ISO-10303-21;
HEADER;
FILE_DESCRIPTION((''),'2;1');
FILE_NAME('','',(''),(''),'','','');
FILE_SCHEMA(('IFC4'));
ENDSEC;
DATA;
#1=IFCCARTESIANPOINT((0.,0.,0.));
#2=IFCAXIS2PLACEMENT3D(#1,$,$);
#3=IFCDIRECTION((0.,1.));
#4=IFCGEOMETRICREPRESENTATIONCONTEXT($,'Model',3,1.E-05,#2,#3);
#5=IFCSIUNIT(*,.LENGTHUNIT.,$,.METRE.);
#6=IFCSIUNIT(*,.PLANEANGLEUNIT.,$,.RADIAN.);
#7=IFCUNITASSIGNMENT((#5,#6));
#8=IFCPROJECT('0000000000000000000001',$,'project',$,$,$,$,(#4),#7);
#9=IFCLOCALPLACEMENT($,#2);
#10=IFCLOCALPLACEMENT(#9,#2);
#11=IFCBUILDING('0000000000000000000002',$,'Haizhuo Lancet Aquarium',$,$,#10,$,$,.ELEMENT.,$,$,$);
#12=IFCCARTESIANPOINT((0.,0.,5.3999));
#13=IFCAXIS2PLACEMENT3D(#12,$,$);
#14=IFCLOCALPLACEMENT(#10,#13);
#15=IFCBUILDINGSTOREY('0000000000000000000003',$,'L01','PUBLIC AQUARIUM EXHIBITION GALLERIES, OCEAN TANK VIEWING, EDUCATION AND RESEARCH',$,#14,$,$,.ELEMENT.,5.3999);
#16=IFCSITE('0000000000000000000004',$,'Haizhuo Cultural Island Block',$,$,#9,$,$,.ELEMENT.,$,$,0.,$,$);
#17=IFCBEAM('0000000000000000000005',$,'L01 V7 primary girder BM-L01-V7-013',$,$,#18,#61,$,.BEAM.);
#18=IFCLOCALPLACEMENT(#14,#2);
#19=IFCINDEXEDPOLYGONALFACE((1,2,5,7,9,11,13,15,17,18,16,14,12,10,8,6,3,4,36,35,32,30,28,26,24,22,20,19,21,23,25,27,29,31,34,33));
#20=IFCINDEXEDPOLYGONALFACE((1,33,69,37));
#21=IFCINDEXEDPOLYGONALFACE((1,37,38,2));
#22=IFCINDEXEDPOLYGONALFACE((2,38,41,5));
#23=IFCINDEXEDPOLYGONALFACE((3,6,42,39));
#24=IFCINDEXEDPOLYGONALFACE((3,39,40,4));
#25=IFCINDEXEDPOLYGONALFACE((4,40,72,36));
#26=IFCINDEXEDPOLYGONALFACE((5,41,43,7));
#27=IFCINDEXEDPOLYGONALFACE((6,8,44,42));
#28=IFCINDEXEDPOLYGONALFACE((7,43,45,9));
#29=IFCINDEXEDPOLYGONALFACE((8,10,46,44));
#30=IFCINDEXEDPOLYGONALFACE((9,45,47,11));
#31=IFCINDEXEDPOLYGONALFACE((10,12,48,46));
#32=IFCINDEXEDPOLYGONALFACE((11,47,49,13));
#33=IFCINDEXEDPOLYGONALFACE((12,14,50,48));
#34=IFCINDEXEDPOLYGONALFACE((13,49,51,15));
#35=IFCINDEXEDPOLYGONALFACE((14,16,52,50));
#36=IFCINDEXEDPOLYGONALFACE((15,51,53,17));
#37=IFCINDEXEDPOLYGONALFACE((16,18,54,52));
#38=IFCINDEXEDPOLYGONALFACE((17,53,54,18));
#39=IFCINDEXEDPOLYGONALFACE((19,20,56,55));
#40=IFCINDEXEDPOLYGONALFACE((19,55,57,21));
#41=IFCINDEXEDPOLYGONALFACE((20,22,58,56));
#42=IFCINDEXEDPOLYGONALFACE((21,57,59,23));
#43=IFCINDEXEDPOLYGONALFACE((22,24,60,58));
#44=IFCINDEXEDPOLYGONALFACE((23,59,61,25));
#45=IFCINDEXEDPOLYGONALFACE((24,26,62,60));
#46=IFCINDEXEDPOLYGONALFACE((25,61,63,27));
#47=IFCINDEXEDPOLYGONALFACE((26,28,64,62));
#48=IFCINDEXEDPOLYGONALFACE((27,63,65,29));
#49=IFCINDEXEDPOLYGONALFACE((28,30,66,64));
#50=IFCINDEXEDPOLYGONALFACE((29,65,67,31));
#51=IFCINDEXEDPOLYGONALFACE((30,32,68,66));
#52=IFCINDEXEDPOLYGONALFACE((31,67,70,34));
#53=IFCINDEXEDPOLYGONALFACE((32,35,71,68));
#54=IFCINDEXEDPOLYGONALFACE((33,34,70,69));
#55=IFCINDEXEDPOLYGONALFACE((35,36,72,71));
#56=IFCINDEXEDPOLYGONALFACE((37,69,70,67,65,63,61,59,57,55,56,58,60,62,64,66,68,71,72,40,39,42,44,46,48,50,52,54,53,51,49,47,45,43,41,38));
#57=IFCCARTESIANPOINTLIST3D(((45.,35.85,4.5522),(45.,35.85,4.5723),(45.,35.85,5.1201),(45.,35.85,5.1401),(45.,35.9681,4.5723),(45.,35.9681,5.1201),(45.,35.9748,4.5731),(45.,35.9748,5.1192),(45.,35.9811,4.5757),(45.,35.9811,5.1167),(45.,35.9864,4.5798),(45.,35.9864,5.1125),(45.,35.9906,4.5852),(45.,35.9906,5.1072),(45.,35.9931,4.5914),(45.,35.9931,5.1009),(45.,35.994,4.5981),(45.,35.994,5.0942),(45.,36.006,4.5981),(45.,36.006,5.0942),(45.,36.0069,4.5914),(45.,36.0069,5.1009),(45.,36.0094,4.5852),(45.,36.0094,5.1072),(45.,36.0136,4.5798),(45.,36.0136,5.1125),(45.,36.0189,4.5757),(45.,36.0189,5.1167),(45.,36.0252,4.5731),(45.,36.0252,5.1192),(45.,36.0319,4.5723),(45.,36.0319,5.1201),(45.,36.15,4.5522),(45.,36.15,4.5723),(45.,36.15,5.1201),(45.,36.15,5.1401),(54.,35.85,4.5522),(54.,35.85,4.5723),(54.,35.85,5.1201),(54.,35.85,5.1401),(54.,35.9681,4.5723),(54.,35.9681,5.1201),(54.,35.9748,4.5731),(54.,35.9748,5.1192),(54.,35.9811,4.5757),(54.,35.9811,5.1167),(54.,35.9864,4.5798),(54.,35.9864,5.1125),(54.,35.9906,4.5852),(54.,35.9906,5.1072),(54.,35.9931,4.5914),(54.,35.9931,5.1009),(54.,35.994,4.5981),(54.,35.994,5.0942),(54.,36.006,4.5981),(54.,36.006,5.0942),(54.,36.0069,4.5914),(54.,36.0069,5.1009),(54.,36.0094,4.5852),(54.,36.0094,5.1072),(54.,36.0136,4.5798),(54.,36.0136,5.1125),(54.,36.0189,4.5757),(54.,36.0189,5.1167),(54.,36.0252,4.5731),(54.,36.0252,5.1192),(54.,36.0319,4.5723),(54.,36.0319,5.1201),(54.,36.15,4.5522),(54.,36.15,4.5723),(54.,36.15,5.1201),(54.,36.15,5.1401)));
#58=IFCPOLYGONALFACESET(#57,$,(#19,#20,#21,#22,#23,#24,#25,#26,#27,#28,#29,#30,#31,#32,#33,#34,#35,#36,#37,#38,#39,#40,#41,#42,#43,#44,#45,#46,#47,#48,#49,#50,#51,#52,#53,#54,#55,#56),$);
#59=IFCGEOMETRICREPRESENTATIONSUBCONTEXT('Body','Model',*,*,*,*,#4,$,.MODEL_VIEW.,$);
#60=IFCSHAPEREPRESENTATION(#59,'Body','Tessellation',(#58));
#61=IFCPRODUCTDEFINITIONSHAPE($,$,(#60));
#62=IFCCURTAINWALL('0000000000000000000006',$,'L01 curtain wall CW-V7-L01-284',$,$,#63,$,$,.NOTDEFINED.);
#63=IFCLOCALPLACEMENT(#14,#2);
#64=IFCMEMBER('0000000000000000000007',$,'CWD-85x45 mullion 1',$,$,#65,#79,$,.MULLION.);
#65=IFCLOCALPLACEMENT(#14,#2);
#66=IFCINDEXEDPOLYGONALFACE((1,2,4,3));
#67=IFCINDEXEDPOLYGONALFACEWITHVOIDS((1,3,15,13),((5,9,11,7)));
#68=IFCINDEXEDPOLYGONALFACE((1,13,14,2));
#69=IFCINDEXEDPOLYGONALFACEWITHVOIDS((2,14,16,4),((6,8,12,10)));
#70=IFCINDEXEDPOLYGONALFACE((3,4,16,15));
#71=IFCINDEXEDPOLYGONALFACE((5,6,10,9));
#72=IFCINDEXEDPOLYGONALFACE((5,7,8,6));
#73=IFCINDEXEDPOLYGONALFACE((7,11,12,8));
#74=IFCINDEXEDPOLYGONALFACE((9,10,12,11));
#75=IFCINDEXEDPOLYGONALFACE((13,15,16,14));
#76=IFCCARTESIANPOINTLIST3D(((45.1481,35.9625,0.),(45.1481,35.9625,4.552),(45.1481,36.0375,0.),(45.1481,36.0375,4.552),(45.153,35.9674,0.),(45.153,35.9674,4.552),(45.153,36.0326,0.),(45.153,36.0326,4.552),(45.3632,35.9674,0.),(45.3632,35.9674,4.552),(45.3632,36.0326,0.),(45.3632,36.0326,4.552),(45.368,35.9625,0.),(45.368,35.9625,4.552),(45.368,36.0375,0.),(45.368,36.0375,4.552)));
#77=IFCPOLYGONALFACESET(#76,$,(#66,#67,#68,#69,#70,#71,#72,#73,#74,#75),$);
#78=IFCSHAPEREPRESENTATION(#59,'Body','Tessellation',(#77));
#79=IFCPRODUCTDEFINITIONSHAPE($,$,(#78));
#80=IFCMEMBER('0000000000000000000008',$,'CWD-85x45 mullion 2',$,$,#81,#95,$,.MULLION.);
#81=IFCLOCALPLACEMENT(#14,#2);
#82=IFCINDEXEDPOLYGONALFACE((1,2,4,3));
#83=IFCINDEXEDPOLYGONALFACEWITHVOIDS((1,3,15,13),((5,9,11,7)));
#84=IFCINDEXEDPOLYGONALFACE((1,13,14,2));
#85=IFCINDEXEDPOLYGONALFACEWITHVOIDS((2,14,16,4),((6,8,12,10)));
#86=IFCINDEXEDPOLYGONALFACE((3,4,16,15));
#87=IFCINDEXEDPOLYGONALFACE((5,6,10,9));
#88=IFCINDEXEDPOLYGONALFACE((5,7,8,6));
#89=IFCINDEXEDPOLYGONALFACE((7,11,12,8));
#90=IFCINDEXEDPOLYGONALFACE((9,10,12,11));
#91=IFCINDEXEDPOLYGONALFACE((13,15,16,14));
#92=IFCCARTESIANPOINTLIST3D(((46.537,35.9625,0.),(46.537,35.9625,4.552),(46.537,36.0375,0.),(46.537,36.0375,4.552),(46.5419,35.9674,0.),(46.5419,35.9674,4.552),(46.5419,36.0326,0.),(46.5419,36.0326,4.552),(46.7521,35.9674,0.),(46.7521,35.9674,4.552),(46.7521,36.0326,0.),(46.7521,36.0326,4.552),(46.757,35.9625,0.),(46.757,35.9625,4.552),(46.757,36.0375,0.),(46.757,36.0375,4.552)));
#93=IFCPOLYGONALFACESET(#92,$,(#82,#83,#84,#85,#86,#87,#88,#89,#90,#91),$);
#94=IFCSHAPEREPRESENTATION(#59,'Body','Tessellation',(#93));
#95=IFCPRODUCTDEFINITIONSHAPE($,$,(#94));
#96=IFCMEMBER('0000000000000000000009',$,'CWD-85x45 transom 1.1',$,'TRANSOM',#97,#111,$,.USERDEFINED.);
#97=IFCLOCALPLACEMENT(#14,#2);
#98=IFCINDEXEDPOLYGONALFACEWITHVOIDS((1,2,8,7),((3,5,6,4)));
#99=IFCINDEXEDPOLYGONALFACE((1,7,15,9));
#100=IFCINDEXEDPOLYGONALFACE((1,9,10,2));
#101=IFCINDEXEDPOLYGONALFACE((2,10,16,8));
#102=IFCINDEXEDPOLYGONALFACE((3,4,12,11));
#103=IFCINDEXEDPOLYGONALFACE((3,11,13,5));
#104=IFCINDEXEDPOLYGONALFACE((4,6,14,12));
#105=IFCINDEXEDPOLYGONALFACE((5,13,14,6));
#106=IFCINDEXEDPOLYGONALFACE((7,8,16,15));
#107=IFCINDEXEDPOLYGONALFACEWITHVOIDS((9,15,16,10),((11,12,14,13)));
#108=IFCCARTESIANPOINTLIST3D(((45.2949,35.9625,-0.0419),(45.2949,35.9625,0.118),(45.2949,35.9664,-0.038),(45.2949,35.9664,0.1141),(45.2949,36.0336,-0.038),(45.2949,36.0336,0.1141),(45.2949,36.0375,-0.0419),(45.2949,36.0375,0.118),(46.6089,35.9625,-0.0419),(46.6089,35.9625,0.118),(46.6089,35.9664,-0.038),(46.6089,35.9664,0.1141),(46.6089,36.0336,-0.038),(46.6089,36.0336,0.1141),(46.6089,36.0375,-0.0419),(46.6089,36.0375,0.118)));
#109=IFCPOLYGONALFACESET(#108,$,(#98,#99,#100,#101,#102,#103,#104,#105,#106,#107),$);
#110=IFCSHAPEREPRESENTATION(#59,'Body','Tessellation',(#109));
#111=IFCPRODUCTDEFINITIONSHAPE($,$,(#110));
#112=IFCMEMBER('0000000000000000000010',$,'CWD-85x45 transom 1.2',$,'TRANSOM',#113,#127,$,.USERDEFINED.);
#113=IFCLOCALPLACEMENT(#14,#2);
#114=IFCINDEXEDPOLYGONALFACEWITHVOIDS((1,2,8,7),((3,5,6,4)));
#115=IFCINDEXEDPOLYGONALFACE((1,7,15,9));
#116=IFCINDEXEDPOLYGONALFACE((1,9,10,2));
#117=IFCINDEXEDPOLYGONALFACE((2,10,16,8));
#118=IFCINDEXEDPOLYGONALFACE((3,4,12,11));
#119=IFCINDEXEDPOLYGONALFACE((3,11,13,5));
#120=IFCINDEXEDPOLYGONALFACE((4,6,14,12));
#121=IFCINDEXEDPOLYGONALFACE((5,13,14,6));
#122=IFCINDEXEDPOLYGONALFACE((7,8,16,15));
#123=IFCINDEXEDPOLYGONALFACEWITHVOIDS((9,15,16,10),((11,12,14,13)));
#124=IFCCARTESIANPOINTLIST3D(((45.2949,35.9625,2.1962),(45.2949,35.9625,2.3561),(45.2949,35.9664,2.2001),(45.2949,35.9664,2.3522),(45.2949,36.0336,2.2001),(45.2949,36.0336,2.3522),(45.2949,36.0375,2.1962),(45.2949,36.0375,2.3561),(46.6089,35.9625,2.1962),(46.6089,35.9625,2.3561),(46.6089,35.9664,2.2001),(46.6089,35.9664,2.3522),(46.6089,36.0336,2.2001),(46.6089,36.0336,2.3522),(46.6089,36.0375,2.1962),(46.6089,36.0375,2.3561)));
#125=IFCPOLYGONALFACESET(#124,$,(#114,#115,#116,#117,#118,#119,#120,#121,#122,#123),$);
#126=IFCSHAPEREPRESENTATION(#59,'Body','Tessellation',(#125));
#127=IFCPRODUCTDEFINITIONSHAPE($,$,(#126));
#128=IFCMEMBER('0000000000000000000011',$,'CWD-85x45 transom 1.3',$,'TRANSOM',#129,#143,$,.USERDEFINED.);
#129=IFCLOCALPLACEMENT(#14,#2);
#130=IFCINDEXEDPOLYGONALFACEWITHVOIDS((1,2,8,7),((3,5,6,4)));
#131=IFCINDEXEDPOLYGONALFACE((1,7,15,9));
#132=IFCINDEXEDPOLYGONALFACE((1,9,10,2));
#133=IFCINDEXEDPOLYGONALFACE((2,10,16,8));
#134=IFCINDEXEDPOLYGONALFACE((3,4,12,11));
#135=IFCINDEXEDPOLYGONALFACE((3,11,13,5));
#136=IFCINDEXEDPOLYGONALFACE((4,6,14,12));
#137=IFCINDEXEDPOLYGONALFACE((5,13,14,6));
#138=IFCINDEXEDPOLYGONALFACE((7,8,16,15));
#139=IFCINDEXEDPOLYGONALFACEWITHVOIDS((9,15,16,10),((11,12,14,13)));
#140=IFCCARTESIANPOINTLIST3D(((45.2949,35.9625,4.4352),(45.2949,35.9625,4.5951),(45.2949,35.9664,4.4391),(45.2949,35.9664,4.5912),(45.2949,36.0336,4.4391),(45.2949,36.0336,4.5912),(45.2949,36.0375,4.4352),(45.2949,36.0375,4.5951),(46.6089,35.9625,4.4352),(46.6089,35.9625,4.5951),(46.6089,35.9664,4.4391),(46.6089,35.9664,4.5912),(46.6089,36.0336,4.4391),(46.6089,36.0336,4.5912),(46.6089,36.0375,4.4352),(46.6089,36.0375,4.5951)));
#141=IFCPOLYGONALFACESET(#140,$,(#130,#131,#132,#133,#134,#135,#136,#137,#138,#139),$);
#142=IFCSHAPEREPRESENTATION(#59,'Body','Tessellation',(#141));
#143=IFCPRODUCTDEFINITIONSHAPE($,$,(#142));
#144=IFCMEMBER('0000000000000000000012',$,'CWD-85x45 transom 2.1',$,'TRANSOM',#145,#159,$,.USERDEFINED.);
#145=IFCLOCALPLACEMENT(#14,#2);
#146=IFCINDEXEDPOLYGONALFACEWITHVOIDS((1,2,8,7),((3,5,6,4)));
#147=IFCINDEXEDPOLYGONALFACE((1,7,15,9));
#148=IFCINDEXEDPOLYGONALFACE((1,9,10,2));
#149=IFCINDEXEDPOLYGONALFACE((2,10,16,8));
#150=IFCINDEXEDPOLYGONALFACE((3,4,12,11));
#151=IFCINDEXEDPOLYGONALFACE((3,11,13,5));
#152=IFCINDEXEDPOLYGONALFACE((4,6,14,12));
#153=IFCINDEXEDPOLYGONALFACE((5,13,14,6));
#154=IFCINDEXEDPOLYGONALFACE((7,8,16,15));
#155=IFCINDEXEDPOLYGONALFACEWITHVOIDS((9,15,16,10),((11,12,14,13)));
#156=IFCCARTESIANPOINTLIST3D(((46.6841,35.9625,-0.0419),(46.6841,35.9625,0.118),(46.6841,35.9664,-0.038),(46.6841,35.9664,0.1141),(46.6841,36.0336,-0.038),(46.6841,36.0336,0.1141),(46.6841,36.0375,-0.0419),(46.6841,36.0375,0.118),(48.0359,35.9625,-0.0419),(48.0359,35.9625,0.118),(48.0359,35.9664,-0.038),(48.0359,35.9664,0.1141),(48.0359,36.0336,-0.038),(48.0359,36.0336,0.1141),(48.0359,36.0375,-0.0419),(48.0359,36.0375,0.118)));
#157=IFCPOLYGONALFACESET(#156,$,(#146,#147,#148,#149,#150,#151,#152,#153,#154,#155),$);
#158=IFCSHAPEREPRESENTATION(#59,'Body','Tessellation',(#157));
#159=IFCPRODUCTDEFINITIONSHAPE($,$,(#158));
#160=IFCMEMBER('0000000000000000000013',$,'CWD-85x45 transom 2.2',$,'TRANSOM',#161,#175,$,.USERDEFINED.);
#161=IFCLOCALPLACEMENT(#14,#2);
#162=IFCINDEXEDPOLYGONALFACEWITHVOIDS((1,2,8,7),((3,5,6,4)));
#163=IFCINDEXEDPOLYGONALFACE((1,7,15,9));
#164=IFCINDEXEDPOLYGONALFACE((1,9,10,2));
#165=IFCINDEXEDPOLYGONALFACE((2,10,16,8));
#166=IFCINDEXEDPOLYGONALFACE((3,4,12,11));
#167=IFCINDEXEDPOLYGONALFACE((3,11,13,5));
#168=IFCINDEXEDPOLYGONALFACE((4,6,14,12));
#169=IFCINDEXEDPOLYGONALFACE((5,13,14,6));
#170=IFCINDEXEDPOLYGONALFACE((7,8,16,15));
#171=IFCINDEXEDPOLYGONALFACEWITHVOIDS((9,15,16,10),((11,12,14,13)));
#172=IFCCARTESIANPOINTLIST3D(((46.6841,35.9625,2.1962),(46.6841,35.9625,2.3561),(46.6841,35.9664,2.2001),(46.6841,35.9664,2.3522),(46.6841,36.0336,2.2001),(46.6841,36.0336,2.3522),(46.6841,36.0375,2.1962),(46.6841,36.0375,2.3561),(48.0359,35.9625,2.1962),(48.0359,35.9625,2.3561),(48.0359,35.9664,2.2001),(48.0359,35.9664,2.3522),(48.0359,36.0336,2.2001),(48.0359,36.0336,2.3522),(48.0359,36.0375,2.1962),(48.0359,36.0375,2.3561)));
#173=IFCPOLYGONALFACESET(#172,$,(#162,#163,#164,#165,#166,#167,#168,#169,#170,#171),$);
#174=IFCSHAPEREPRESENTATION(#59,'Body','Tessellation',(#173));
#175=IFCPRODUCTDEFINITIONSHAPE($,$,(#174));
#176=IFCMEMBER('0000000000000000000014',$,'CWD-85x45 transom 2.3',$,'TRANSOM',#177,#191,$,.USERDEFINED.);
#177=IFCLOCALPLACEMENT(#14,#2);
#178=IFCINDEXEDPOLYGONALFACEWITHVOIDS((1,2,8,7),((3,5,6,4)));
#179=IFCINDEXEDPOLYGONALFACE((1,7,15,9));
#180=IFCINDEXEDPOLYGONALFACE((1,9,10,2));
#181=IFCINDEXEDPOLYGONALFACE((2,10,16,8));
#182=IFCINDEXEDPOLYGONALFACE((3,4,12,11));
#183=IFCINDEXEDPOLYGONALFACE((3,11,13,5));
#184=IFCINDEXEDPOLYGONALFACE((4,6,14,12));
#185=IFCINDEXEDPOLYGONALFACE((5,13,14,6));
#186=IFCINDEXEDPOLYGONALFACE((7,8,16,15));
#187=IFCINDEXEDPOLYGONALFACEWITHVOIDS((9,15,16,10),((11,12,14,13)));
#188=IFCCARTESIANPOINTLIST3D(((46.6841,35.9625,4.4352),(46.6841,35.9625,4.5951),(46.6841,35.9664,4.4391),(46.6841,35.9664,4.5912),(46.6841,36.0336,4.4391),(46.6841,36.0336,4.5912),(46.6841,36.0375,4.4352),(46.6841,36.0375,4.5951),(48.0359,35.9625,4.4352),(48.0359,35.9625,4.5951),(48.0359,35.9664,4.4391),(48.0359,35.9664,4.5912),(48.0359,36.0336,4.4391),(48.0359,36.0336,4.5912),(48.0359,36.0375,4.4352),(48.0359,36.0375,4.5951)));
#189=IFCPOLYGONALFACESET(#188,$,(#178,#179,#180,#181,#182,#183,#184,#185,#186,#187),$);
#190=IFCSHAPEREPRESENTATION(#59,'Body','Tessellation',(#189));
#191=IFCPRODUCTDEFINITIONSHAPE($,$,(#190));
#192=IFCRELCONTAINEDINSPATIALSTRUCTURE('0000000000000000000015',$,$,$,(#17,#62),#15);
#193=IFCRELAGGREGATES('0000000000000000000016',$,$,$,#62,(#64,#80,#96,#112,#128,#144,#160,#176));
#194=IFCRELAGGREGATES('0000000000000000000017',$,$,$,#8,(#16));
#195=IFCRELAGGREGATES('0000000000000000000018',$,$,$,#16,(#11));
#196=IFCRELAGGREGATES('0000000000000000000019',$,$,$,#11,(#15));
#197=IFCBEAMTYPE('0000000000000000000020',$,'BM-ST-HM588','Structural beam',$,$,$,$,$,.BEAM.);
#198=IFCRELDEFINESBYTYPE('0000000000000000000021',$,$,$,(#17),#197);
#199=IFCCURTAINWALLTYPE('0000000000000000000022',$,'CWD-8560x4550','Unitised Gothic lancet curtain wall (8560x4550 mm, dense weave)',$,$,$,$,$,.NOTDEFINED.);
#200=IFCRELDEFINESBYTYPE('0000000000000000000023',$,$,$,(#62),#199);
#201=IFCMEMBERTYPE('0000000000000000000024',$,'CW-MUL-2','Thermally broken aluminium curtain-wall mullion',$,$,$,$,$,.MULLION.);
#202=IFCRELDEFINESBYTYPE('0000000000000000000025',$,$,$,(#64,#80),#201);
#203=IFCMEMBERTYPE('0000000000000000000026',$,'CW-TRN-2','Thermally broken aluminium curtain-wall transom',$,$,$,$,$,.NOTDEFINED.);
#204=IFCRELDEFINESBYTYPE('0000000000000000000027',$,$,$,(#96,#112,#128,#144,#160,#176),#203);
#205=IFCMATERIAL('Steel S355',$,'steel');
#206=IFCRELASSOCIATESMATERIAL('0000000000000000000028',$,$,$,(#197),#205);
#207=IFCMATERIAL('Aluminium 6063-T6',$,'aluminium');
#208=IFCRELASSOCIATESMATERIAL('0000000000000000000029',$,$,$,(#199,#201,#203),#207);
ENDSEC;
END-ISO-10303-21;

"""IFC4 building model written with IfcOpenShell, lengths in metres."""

from ifc_helpers import new_model, si_unit, direction, frame, origin, origin_2d, place, context, subcontext, project, spatial, hollow_rectangle, i_section, extrude, material, material_profile, profile_set, type_object, element, aggregate, save


model = new_model("IFC4")

# Units and contexts
model_context = context("Model", 3, precision=1e-05, world=origin(), true_north=direction((0.0, 1.0)))
body_context = subcontext(model_context, "Body", "Model", "MODEL_VIEW")
ifc_project = project(units=[si_unit("LENGTHUNIT", "METRE"), si_unit("PLANEANGLEUNIT", "RADIAN")], contexts=[model_context])

# Site, building, storey
site_placement = place(None, origin())
site = spatial("IfcSite", under=ifc_project, at=site_placement, Name="Haizhuo Cultural Island Block", CompositionType="ELEMENT", RefElevation=0.0)
building_placement = place(site_placement, origin())
building = spatial("IfcBuilding", under=site, at=building_placement, Name="Haizhuo Lancet Aquarium", CompositionType="ELEMENT")
storey_placement = place(building_placement, frame((0.0, 0.0, 5.3999)))
storey = spatial("IfcBuildingStorey", under=building, at=storey_placement, Name="L01", Description="PUBLIC AQUARIUM EXHIBITION GALLERIES, OCEAN TANK VIEWING, EDUCATION AND RESEARCH", CompositionType="ELEMENT", Elevation=5.3999)

# Beam
ifc_material_1 = material(Name="Steel S355", Category="steel")
ifc_material_profile_1 = material_profile(ifc_material_1, i_section(OverallWidth=0.3, OverallDepth=0.5879, WebThickness=0.012, FlangeThickness=0.02, FilletRadius=0.0259, at=origin_2d()), Name="HM 588x300x12x20")
ifc_profile_set_1 = profile_set([ifc_material_profile_1], Name="Steel S355")
beam_type = type_object("IfcBeamType", Name="BM-ST-HM588", Description="Structural beam", PredefinedType="BEAM", material=ifc_profile_set_1)
beam_placement = place(storey_placement, frame((45.0, 36.0, 4.8462), z_axis=(1.0, 0.0, 0.0), x_axis=(0.0, 1.0, 0.0)))
element("IfcBeam", 1, at=beam_placement, inside=storey, type_object=beam_type, Name="L01 V7 primary girder BM-L01-V7-013", PredefinedType="BEAM", context=body_context, shape_type="SweptSolid", body=[
    extrude(i_section(OverallWidth=0.3, OverallDepth=0.5879, WebThickness=0.012, FlangeThickness=0.02, FilletRadius=0.0259, at=origin_2d()), origin(), (0.0, 0.0, 1.0), 9.0),
])

# Curtain wall, members
ifc_material_2 = material(Name="Aluminium 6063-T6", Category="aluminium")
curtain_wall_type = type_object("IfcCurtainWallType", Name="CWD-8560x4550", Description="Unitised Gothic lancet curtain wall (8560x4550 mm, dense weave)", PredefinedType="NOTDEFINED", material=ifc_material_2)
curtain_wall_placement = place(storey_placement, origin())
curtain_wall = element("IfcCurtainWall", 2, at=curtain_wall_placement, inside=storey, type_object=curtain_wall_type, Name="L01 curtain wall CW-V7-L01-284", PredefinedType="NOTDEFINED")
ifc_material_profile_2 = material_profile(ifc_material_2, hollow_rectangle(XDim=0.075, YDim=0.22, WallThickness=0.0049, at=origin_2d()), Name="ALU-M 75x220x5")
ifc_profile_set_2 = profile_set([ifc_material_profile_2], Name="Aluminium 6063-T6")
member_type_1 = type_object("IfcMemberType", Name="CW-MUL-2", Description="Thermally broken aluminium curtain-wall mullion", PredefinedType="MULLION", material=ifc_profile_set_2)
member_1_placement = place(storey_placement, frame((45.2581, 36.0, 0.0), z_axis=(0.0, 0.0, 1.0), x_axis=(0.0, 1.0, 0.0)))
member_1 = element("IfcMember", 3, at=member_1_placement, type_object=member_type_1, Name="CWD-85x45 mullion 1", PredefinedType="MULLION", context=body_context, shape_type="SweptSolid", body=[
    extrude(hollow_rectangle(XDim=0.075, YDim=0.22, WallThickness=0.0049, at=origin_2d()), origin(), (0.0, 0.0, 1.0), 4.552),
])
member_2_placement = place(storey_placement, frame((46.647, 36.0, 0.0), z_axis=(0.0, 0.0, 1.0), x_axis=(0.0, 1.0, 0.0)))
member_2 = element("IfcMember", 4, at=member_2_placement, type_object=member_type_1, Name="CWD-85x45 mullion 2", PredefinedType="MULLION", context=body_context, shape_type="SweptSolid", body=[
    extrude(hollow_rectangle(XDim=0.075, YDim=0.22, WallThickness=0.0049, at=origin_2d()), origin(), (0.0, 0.0, 1.0), 4.552),
])
ifc_material_profile_3 = material_profile(ifc_material_2, hollow_rectangle(XDim=0.075, YDim=0.1599, WallThickness=0.0039, at=origin_2d()), Name="ALU-T 75x160x4")
ifc_profile_set_3 = profile_set([ifc_material_profile_3], Name="Aluminium 6063-T6")
member_type_2 = type_object("IfcMemberType", Name="CW-TRN-2", Description="Thermally broken aluminium curtain-wall transom", PredefinedType="NOTDEFINED", material=ifc_profile_set_3)
member_3_placement = place(storey_placement, frame((45.2949, 36.0, 0.0381), z_axis=(1.0, 0.0, 0.0), x_axis=(0.0, 1.0, 0.0)))
member_3 = element("IfcMember", 5, at=member_3_placement, type_object=member_type_2, Name="CWD-85x45 transom 1.1", ObjectType="TRANSOM", PredefinedType="USERDEFINED", context=body_context, shape_type="SweptSolid", body=[
    extrude(hollow_rectangle(XDim=0.075, YDim=0.1599, WallThickness=0.0039, at=origin_2d()), origin(), (0.0, 0.0, 1.0), 1.314),
])
member_4_placement = place(storey_placement, frame((45.2949, 36.0, 2.2761), z_axis=(1.0, 0.0, 0.0), x_axis=(0.0, 1.0, 0.0)))
member_4 = element("IfcMember", 6, at=member_4_placement, type_object=member_type_2, Name="CWD-85x45 transom 1.2", ObjectType="TRANSOM", PredefinedType="USERDEFINED", context=body_context, shape_type="SweptSolid", body=[
    extrude(hollow_rectangle(XDim=0.075, YDim=0.1599, WallThickness=0.0039, at=origin_2d()), origin(), (0.0, 0.0, 1.0), 1.314),
])
member_5_placement = place(storey_placement, frame((45.2949, 36.0, 4.5151), z_axis=(1.0, 0.0, 0.0), x_axis=(0.0, 1.0, 0.0)))
member_5 = element("IfcMember", 7, at=member_5_placement, type_object=member_type_2, Name="CWD-85x45 transom 1.3", ObjectType="TRANSOM", PredefinedType="USERDEFINED", context=body_context, shape_type="SweptSolid", body=[
    extrude(hollow_rectangle(XDim=0.075, YDim=0.1599, WallThickness=0.0039, at=origin_2d()), origin(), (0.0, 0.0, 1.0), 1.314),
])
member_6_placement = place(storey_placement, frame((46.6841, 36.0, 0.0381), z_axis=(1.0, 0.0, 0.0), x_axis=(0.0, 1.0, 0.0)))
member_6 = element("IfcMember", 8, at=member_6_placement, type_object=member_type_2, Name="CWD-85x45 transom 2.1", ObjectType="TRANSOM", PredefinedType="USERDEFINED", context=body_context, shape_type="SweptSolid", body=[
    extrude(hollow_rectangle(XDim=0.075, YDim=0.1599, WallThickness=0.0039, at=origin_2d()), origin(), (0.0, 0.0, 1.0), 1.3518),
])
member_7_placement = place(storey_placement, frame((46.6841, 36.0, 2.2761), z_axis=(1.0, 0.0, 0.0), x_axis=(0.0, 1.0, 0.0)))
member_7 = element("IfcMember", 9, at=member_7_placement, type_object=member_type_2, Name="CWD-85x45 transom 2.2", ObjectType="TRANSOM", PredefinedType="USERDEFINED", context=body_context, shape_type="SweptSolid", body=[
    extrude(hollow_rectangle(XDim=0.075, YDim=0.1599, WallThickness=0.0039, at=origin_2d()), origin(), (0.0, 0.0, 1.0), 1.3518),
])
member_8_placement = place(storey_placement, frame((46.6841, 36.0, 4.5151), z_axis=(1.0, 0.0, 0.0), x_axis=(0.0, 1.0, 0.0)))
member_8 = element("IfcMember", 10, at=member_8_placement, type_object=member_type_2, Name="CWD-85x45 transom 2.3", ObjectType="TRANSOM", PredefinedType="USERDEFINED", context=body_context, shape_type="SweptSolid", body=[
    extrude(hollow_rectangle(XDim=0.075, YDim=0.1599, WallThickness=0.0039, at=origin_2d()), origin(), (0.0, 0.0, 1.0), 1.3518),
])

aggregate(curtain_wall, [member_1, member_2, member_3, member_4, member_5, member_6, member_7, member_8])

save(model, "model.ifc")
